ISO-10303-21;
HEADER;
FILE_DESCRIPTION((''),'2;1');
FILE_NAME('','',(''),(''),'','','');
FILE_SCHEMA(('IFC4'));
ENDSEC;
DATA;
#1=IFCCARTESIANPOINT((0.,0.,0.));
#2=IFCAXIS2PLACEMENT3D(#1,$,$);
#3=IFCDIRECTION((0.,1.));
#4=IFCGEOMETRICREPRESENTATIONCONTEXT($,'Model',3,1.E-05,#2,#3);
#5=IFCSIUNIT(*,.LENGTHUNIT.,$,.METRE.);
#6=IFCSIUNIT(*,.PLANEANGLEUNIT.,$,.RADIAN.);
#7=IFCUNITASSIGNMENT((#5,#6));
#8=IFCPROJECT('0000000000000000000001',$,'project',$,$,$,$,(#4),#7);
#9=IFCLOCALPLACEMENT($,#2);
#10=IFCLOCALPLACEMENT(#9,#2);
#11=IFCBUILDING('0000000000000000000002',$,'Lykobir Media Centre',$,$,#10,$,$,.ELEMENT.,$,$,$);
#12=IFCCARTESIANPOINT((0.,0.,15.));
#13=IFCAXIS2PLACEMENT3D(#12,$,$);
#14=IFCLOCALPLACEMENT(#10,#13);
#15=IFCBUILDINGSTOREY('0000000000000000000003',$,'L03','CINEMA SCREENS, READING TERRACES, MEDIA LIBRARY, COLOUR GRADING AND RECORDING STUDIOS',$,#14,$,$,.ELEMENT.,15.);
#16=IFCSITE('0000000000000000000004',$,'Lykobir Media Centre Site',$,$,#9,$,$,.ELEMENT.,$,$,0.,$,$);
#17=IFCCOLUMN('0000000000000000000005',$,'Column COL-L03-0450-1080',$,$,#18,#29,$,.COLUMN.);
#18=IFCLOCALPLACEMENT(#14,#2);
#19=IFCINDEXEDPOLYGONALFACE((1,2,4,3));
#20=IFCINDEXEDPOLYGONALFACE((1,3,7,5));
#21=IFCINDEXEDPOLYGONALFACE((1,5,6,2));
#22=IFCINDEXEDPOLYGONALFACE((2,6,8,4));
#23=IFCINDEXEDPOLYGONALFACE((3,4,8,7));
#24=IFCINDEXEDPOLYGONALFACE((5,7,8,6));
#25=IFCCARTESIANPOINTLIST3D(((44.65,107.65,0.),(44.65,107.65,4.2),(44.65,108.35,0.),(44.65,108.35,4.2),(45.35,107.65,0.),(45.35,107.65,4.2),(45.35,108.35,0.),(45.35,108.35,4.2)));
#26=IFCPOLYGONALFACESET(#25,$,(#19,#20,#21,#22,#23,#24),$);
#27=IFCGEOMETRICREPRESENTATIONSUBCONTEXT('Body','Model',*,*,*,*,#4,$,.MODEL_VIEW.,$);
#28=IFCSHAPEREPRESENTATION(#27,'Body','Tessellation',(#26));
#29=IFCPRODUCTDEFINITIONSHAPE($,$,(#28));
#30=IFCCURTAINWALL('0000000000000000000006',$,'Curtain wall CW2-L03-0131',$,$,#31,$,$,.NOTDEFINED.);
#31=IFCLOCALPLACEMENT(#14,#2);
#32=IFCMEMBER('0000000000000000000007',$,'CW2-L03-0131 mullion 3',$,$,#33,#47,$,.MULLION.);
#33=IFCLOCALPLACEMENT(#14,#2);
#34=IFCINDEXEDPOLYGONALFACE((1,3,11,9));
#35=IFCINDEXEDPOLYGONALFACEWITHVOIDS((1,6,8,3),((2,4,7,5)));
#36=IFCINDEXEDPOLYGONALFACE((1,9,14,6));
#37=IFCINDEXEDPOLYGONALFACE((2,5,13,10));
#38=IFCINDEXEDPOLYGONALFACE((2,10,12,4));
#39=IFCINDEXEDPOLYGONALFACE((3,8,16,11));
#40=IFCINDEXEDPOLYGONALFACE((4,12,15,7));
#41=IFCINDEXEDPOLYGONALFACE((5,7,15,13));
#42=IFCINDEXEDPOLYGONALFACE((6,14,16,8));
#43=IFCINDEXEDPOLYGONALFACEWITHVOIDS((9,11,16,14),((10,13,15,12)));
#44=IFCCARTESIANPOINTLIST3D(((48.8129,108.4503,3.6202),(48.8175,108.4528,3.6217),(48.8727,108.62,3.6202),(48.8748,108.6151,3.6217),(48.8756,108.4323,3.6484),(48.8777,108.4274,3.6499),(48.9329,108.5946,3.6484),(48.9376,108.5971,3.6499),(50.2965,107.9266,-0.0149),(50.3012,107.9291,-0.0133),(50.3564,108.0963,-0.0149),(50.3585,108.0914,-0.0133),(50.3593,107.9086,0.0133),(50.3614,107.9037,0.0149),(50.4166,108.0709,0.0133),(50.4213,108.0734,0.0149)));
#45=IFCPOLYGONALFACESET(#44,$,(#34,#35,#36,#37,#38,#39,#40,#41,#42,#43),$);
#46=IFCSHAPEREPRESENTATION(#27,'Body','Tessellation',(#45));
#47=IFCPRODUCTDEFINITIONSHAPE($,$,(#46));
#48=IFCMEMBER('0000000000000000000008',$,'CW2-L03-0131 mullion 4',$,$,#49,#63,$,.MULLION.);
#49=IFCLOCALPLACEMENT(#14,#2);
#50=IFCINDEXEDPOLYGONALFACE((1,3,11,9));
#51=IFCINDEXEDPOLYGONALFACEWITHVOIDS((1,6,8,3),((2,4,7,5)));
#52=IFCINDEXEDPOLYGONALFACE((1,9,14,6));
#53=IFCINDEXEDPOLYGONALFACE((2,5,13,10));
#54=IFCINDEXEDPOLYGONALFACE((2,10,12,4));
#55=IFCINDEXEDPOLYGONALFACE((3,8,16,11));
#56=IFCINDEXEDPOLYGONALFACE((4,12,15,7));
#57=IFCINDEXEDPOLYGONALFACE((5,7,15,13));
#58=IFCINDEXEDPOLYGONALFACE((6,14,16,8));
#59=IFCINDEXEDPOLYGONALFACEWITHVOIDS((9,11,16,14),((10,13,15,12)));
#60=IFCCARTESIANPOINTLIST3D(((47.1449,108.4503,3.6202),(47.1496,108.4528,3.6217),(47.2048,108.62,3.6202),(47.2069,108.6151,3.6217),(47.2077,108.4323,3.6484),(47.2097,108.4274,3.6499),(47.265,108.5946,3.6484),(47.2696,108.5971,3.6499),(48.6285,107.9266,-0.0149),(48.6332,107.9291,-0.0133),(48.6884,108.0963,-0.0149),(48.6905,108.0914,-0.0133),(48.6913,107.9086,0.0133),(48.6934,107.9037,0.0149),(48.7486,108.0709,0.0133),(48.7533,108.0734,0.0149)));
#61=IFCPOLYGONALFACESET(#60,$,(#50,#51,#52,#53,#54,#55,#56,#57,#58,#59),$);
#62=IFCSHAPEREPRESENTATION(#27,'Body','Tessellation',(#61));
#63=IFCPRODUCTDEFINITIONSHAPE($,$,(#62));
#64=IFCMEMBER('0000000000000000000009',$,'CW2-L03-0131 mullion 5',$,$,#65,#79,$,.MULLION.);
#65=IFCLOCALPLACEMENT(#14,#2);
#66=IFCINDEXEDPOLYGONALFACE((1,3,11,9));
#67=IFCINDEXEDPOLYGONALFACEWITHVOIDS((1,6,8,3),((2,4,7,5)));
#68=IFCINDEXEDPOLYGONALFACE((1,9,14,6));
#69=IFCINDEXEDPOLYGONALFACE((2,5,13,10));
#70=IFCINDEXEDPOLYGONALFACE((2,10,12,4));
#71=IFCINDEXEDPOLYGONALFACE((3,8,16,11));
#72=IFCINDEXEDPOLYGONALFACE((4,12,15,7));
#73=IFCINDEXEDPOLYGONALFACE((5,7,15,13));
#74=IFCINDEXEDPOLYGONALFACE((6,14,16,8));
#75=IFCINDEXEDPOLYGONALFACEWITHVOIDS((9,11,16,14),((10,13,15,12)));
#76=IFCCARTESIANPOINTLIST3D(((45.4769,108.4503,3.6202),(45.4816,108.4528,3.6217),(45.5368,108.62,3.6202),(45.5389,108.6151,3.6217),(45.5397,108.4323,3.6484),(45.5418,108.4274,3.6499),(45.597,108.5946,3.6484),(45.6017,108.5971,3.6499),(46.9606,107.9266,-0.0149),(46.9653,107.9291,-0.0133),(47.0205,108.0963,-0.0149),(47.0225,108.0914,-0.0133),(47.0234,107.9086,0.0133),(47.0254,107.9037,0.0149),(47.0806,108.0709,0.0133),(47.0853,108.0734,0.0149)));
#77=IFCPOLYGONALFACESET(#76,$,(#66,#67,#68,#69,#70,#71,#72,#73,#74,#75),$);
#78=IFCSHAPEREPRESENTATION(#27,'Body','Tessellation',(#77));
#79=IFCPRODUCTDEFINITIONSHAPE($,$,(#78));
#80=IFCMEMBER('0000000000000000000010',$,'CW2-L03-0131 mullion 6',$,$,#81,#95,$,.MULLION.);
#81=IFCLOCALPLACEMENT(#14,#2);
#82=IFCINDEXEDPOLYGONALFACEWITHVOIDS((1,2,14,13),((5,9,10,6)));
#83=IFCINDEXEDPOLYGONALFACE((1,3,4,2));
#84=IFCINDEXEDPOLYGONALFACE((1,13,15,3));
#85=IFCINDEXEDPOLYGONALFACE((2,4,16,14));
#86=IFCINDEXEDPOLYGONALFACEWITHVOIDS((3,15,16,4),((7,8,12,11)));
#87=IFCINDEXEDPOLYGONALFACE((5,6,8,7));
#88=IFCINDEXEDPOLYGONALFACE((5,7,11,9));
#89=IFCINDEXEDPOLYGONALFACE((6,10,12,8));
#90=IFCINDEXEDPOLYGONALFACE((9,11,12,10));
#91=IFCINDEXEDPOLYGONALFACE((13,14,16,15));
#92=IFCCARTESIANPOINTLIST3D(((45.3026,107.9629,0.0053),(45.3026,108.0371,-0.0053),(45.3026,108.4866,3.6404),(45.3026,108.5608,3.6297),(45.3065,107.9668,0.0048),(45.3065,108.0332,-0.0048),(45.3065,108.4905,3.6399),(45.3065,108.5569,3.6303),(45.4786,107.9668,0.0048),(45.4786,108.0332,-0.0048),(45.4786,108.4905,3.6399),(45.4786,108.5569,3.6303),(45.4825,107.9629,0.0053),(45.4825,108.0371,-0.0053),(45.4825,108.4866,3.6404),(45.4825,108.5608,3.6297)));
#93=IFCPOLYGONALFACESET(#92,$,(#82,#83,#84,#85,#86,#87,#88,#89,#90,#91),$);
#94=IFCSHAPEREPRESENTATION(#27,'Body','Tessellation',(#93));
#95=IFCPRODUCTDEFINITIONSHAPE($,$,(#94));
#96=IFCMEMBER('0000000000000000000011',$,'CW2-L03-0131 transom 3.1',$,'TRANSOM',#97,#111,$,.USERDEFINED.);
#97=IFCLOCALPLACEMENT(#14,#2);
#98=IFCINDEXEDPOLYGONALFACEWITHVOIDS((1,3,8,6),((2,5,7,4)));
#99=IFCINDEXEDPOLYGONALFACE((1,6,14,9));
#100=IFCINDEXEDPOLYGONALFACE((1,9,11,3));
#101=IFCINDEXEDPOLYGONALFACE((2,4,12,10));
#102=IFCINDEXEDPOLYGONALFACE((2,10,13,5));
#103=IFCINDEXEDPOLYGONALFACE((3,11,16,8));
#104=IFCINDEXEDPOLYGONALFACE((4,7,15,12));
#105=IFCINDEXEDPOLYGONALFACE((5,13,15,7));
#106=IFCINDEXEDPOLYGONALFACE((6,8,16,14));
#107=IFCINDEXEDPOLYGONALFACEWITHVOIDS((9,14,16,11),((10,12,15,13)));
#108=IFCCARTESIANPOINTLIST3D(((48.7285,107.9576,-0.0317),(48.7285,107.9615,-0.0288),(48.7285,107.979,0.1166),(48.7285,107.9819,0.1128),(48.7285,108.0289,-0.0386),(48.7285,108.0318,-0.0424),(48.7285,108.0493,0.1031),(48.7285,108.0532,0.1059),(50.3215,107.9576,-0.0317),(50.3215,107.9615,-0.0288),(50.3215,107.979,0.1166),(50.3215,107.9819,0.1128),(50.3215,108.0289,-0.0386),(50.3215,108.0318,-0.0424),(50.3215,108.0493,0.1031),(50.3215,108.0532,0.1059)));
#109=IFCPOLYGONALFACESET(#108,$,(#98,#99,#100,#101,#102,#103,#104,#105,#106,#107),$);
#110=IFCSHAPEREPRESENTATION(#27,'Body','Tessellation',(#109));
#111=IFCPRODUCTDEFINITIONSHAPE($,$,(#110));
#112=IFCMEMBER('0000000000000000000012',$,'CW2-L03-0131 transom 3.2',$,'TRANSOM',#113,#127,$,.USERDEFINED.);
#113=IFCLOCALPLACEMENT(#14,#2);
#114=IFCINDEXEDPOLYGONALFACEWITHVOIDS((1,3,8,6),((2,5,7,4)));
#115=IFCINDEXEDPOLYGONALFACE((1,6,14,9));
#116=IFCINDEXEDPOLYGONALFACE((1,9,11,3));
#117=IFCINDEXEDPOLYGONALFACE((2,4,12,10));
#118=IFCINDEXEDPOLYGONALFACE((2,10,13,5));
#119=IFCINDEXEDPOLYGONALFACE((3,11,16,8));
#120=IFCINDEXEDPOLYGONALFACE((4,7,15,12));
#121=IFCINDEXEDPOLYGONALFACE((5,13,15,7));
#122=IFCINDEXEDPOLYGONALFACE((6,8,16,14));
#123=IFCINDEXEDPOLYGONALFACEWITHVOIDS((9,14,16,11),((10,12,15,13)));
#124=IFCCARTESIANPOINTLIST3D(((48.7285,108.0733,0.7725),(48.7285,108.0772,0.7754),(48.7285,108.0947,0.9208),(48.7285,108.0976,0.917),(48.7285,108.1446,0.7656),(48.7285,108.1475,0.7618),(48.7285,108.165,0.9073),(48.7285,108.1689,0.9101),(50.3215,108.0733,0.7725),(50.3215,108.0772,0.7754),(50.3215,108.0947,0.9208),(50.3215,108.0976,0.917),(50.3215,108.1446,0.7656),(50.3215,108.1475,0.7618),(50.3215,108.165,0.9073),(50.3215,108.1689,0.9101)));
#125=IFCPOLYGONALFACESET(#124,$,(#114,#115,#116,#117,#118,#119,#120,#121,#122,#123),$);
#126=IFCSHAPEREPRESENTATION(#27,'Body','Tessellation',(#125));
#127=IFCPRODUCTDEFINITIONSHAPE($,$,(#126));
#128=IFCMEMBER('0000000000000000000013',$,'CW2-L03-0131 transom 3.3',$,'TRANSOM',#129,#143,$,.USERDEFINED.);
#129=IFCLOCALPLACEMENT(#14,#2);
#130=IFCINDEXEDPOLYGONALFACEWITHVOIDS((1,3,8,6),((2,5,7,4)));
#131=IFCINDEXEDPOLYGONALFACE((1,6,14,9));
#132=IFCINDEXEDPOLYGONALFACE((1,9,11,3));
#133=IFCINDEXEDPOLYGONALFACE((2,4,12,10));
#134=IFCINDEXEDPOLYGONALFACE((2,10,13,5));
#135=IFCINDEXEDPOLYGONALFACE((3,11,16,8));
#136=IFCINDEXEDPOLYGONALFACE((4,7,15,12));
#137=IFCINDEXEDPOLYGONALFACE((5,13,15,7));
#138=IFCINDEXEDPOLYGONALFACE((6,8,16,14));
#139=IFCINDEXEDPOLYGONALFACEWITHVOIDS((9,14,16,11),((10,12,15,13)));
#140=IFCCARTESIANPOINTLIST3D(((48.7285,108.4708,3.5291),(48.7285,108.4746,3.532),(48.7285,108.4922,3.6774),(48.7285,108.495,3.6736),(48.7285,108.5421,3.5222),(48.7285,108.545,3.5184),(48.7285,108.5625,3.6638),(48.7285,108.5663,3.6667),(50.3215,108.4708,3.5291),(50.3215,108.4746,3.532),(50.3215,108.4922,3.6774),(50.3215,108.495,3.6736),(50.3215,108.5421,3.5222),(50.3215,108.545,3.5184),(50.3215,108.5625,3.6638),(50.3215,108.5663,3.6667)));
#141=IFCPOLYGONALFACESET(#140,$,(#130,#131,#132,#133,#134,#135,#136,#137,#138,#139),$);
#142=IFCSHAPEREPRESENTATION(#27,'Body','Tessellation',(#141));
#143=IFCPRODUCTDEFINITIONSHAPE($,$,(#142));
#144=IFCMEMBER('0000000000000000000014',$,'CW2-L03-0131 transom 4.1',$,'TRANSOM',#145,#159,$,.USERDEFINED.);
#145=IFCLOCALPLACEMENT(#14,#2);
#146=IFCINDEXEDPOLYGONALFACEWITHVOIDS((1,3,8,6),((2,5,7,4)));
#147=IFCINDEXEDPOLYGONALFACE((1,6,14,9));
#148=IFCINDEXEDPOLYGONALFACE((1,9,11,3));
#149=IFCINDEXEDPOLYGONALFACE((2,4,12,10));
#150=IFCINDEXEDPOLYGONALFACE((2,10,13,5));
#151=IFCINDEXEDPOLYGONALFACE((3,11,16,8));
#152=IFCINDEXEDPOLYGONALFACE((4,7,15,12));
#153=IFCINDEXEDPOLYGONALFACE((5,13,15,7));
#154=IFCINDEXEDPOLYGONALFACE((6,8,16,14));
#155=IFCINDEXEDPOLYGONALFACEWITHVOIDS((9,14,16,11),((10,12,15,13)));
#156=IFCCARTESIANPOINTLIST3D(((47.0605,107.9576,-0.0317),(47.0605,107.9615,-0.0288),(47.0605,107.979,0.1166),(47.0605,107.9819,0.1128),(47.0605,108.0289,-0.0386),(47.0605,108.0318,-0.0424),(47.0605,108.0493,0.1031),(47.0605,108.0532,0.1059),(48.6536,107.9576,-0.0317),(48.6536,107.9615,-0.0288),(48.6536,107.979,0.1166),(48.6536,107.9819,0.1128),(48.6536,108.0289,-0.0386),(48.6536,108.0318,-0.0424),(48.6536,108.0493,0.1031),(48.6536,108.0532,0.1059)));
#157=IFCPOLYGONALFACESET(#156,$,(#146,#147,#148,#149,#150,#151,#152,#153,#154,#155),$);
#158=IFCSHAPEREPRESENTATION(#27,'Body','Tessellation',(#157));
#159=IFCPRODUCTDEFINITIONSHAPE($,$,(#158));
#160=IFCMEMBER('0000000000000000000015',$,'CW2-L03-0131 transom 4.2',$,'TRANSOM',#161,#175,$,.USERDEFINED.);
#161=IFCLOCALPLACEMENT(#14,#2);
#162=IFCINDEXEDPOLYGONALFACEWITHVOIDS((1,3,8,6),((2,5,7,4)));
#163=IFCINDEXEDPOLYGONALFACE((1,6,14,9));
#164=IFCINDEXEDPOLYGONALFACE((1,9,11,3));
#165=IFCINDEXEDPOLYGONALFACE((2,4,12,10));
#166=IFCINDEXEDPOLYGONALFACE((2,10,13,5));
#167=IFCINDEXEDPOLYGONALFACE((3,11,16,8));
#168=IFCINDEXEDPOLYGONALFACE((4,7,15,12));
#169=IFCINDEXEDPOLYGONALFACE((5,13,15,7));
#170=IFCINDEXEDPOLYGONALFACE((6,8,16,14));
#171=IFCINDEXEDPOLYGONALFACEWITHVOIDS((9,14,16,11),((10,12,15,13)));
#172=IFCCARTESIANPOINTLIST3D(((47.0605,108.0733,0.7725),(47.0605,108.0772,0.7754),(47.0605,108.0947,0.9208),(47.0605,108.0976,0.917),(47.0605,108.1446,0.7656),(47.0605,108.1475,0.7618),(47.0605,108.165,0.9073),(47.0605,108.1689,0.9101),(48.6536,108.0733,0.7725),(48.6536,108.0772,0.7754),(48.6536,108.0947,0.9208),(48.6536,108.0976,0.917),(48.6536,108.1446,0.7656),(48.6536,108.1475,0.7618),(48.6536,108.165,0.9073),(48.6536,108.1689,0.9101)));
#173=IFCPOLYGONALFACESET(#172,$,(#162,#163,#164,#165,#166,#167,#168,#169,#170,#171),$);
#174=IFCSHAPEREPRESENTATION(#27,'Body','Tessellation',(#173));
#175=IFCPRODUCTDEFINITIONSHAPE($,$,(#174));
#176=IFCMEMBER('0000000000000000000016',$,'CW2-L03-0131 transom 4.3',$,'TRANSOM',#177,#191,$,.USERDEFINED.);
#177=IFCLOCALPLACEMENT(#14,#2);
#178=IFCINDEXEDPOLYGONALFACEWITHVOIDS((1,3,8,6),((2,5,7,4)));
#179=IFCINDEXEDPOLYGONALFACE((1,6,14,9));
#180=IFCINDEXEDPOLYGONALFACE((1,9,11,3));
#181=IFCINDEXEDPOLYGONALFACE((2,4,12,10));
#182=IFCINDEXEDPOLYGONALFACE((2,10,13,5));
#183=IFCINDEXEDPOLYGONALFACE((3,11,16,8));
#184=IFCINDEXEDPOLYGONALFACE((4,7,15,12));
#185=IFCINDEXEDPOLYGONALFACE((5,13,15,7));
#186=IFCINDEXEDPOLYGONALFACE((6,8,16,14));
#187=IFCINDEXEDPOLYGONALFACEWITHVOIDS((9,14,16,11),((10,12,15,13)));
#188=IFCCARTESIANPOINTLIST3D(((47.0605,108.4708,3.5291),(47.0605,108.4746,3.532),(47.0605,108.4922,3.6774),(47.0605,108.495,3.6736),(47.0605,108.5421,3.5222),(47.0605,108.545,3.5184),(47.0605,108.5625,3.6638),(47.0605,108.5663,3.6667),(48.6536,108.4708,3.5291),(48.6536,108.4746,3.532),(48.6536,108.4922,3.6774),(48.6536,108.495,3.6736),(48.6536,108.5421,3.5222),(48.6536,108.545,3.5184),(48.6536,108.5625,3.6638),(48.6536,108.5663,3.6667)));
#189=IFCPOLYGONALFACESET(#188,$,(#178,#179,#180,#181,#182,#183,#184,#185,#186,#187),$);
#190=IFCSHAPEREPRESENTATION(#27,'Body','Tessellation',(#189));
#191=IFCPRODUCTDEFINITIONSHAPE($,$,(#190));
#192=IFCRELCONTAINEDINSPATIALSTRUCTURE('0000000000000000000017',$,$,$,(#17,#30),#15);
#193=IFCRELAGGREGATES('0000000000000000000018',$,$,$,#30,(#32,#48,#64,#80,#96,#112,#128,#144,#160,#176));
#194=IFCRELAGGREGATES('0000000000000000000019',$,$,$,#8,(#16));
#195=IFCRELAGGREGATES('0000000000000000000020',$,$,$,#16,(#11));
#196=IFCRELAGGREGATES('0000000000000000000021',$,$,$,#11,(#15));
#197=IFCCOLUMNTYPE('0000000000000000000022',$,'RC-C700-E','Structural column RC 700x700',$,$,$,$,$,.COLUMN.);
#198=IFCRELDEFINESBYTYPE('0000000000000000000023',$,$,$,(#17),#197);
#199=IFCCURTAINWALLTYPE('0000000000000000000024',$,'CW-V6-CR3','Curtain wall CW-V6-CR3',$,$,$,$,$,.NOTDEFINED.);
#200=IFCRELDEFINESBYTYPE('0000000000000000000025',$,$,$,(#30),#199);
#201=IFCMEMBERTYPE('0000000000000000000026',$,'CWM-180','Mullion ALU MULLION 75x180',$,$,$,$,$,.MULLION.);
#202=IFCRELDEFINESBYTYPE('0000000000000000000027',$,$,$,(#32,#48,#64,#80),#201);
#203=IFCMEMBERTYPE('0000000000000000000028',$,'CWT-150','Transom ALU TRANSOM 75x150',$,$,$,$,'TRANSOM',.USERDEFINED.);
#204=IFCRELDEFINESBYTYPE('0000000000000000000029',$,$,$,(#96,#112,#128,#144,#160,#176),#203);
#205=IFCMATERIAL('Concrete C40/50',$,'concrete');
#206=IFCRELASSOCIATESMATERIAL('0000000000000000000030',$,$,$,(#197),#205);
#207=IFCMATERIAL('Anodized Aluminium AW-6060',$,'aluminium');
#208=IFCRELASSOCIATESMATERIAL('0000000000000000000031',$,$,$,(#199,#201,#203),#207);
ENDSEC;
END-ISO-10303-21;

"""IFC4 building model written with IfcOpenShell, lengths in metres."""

from ifc_helpers import new_model, si_unit, direction, frame, origin, origin_2d, place, context, subcontext, project, spatial, rectangle, hollow_rectangle, extrude, material, material_profile, profile_set, type_object, element, aggregate, save


model = new_model("IFC4")

# Units and contexts
model_context = context("Model", 3, precision=1e-05, world=origin(), true_north=direction((0.0, 1.0)))
body_context = subcontext(model_context, "Body", "Model", "MODEL_VIEW")
ifc_project = project(units=[si_unit("LENGTHUNIT", "METRE"), si_unit("PLANEANGLEUNIT", "RADIAN")], contexts=[model_context])

# Site, building, storey
site_placement = place(None, origin())
site = spatial("IfcSite", under=ifc_project, at=site_placement, Name="Lykobir Media Centre Site", CompositionType="ELEMENT", RefElevation=0.0)
building_placement = place(site_placement, origin())
building = spatial("IfcBuilding", under=site, at=building_placement, Name="Lykobir Media Centre", CompositionType="ELEMENT")
storey_placement = place(building_placement, frame((0.0, 0.0, 15.0)))
storey = spatial("IfcBuildingStorey", under=building, at=storey_placement, Name="L03", Description="CINEMA SCREENS, READING TERRACES, MEDIA LIBRARY, COLOUR GRADING AND RECORDING STUDIOS", CompositionType="ELEMENT", Elevation=15.0)

# Column
ifc_material_1 = material(Name="Concrete C40/50", Category="concrete")
ifc_material_profile_1 = material_profile(ifc_material_1, rectangle(XDim=0.7, YDim=0.7, at=origin_2d()), Name="RC 700x700")
ifc_profile_set_1 = profile_set([ifc_material_profile_1], Name="Concrete C40/50")
column_type = type_object("IfcColumnType", Name="RC-C700-E", Description="Structural column RC 700x700", PredefinedType="COLUMN", material=ifc_profile_set_1)
column_placement = place(storey_placement, frame((45.0, 108.0, 0.0), z_axis=(0.0, 0.0, 1.0), x_axis=(1.0, 0.0, 0.0)))
element("IfcColumn", 1, at=column_placement, inside=storey, type_object=column_type, Name="Column COL-L03-0450-1080", PredefinedType="COLUMN", context=body_context, shape_type="SweptSolid", body=[
    extrude(rectangle(XDim=0.7, YDim=0.7, at=origin_2d()), origin(), (0.0, 0.0, 1.0), 4.2),
])

# Curtain wall, members
ifc_material_2 = material(Name="Anodized Aluminium AW-6060", Category="aluminium")
curtain_wall_type = type_object("IfcCurtainWallType", Name="CW-V6-CR3", Description="Curtain wall CW-V6-CR3", PredefinedType="NOTDEFINED", material=ifc_material_2)
curtain_wall_placement = place(storey_placement, origin())
curtain_wall = element("IfcCurtainWall", 2, at=curtain_wall_placement, inside=storey, type_object=curtain_wall_type, Name="Curtain wall CW2-L03-0131", PredefinedType="NOTDEFINED")
ifc_material_profile_2 = material_profile(ifc_material_2, hollow_rectangle(XDim=0.075, YDim=0.1799, WallThickness=0.0039, at=origin_2d()), Name="ALU MULLION 75x180")
ifc_profile_set_2 = profile_set([ifc_material_profile_2], Name="Anodized Aluminium AW-6060")
member_type_1 = type_object("IfcMemberType", Name="CWM-180", Description="Mullion ALU MULLION 75x180", PredefinedType="MULLION", material=ifc_profile_set_2)
member_1_placement = place(storey_placement, frame((50.3589, 108.0, 0.0), z_axis=(-0.374572, 0.132213, 0.917723), x_axis=(-0.865396, 0.305459, -0.397221)))
member_1 = element("IfcMember", 3, at=member_1_placement, type_object=member_type_1, Name="CW2-L03-0131 mullion 3", PredefinedType="MULLION", context=body_context, shape_type="SweptSolid", body=[
    extrude(hollow_rectangle(XDim=0.075, YDim=0.1799, WallThickness=0.0039, at=origin_2d()), origin(), (0.0, 0.0, 1.0), 3.9609),
])
member_2_placement = place(storey_placement, frame((48.6909, 108.0, 0.0), z_axis=(-0.374572, 0.132213, 0.917723), x_axis=(-0.865396, 0.305459, -0.397221)))
member_2 = element("IfcMember", 4, at=member_2_placement, type_object=member_type_1, Name="CW2-L03-0131 mullion 4", PredefinedType="MULLION", context=body_context, shape_type="SweptSolid", body=[
    extrude(hollow_rectangle(XDim=0.075, YDim=0.1799, WallThickness=0.0039, at=origin_2d()), origin(), (0.0, 0.0, 1.0), 3.9609),
])
member_3_placement = place(storey_placement, frame((47.0229, 108.0, 0.0), z_axis=(-0.374572, 0.132213, 0.917723), x_axis=(-0.865396, 0.305459, -0.397221)))
member_3 = element("IfcMember", 5, at=member_3_placement, type_object=member_type_1, Name="CW2-L03-0131 mullion 5", PredefinedType="MULLION", context=body_context, shape_type="SweptSolid", body=[
    extrude(hollow_rectangle(XDim=0.075, YDim=0.1799, WallThickness=0.0039, at=origin_2d()), origin(), (0.0, 0.0, 1.0), 3.9609),
])
member_4_placement = place(storey_placement, frame((45.3926, 108.0, 0.0), z_axis=(0.0, 0.142594, 0.989781), x_axis=(0.0, 0.989781, -0.142594)))
member_4 = element("IfcMember", 6, at=member_4_placement, type_object=member_type_1, Name="CW2-L03-0131 mullion 6", PredefinedType="MULLION", context=body_context, shape_type="SweptSolid", body=[
    extrude(hollow_rectangle(XDim=0.075, YDim=0.1799, WallThickness=0.0039, at=origin_2d()), origin(), (0.0, 0.0, 1.0), 3.6726),
])
ifc_material_profile_3 = material_profile(ifc_material_2, hollow_rectangle(XDim=0.075, YDim=0.1499, WallThickness=0.0034, at=origin_2d()), Name="ALU TRANSOM 75x150")
ifc_profile_set_3 = profile_set([ifc_material_profile_3], Name="Anodized Aluminium AW-6060")
member_type_2 = type_object("IfcMemberType", Name="CWT-150", Description="Transom ALU TRANSOM 75x150", ElementType="TRANSOM", PredefinedType="USERDEFINED", material=ifc_profile_set_3)
member_5_placement = place(storey_placement, frame((50.3215, 108.0054, 0.0371), z_axis=(-1.0, 0.0, 0.0), x_axis=(0.0, -0.989776, 0.142629)))
member_5 = element("IfcMember", 7, at=member_5_placement, type_object=member_type_2, Name="CW2-L03-0131 transom 3.1", ObjectType="TRANSOM", PredefinedType="USERDEFINED", context=body_context, shape_type="SweptSolid", body=[
    extrude(hollow_rectangle(XDim=0.075, YDim=0.1499, WallThickness=0.0034, at=origin_2d()), origin(), (0.0, 0.0, 1.0), 1.593),
])
member_6_placement = place(storey_placement, frame((50.3215, 108.1211, 0.8413), z_axis=(-1.0, 0.0, 0.0), x_axis=(0.0, -0.989776, 0.142629)))
member_6 = element("IfcMember", 8, at=member_6_placement, type_object=member_type_2, Name="CW2-L03-0131 transom 3.2", ObjectType="TRANSOM", PredefinedType="USERDEFINED", context=body_context, shape_type="SweptSolid", body=[
    extrude(hollow_rectangle(XDim=0.075, YDim=0.1499, WallThickness=0.0034, at=origin_2d()), origin(), (0.0, 0.0, 1.0), 1.593),
])
member_7_placement = place(storey_placement, frame((50.3215, 108.5186, 3.5979), z_axis=(-1.0, 0.0, 0.0), x_axis=(0.0, -0.989776, 0.142629)))
member_7 = element("IfcMember", 9, at=member_7_placement, type_object=member_type_2, Name="CW2-L03-0131 transom 3.3", ObjectType="TRANSOM", PredefinedType="USERDEFINED", context=body_context, shape_type="SweptSolid", body=[
    extrude(hollow_rectangle(XDim=0.075, YDim=0.1499, WallThickness=0.0034, at=origin_2d()), origin(), (0.0, 0.0, 1.0), 1.593),
])
member_8_placement = place(storey_placement, frame((48.6536, 108.0054, 0.0371), z_axis=(-1.0, 0.0, 0.0), x_axis=(0.0, -0.989776, 0.142629)))
member_8 = element("IfcMember", 10, at=member_8_placement, type_object=member_type_2, Name="CW2-L03-0131 transom 4.1", ObjectType="TRANSOM", PredefinedType="USERDEFINED", context=body_context, shape_type="SweptSolid", body=[
    extrude(hollow_rectangle(XDim=0.075, YDim=0.1499, WallThickness=0.0034, at=origin_2d()), origin(), (0.0, 0.0, 1.0), 1.593),
])
member_9_placement = place(storey_placement, frame((48.6536, 108.1211, 0.8413), z_axis=(-1.0, 0.0, 0.0), x_axis=(0.0, -0.989776, 0.142629)))
member_9 = element("IfcMember", 11, at=member_9_placement, type_object=member_type_2, Name="CW2-L03-0131 transom 4.2", ObjectType="TRANSOM", PredefinedType="USERDEFINED", context=body_context, shape_type="SweptSolid", body=[
    extrude(hollow_rectangle(XDim=0.075, YDim=0.1499, WallThickness=0.0034, at=origin_2d()), origin(), (0.0, 0.0, 1.0), 1.593),
])
member_10_placement = place(storey_placement, frame((48.6536, 108.5186, 3.5979), z_axis=(-1.0, 0.0, 0.0), x_axis=(0.0, -0.989776, 0.142629)))
member_10 = element("IfcMember", 12, at=member_10_placement, type_object=member_type_2, Name="CW2-L03-0131 transom 4.3", ObjectType="TRANSOM", PredefinedType="USERDEFINED", context=body_context, shape_type="SweptSolid", body=[
    extrude(hollow_rectangle(XDim=0.075, YDim=0.1499, WallThickness=0.0034, at=origin_2d()), origin(), (0.0, 0.0, 1.0), 1.593),
])

aggregate(curtain_wall, [member_1, member_2, member_3, member_4, member_5, member_6, member_7, member_8, member_9, member_10])

save(model, "model.ifc")
